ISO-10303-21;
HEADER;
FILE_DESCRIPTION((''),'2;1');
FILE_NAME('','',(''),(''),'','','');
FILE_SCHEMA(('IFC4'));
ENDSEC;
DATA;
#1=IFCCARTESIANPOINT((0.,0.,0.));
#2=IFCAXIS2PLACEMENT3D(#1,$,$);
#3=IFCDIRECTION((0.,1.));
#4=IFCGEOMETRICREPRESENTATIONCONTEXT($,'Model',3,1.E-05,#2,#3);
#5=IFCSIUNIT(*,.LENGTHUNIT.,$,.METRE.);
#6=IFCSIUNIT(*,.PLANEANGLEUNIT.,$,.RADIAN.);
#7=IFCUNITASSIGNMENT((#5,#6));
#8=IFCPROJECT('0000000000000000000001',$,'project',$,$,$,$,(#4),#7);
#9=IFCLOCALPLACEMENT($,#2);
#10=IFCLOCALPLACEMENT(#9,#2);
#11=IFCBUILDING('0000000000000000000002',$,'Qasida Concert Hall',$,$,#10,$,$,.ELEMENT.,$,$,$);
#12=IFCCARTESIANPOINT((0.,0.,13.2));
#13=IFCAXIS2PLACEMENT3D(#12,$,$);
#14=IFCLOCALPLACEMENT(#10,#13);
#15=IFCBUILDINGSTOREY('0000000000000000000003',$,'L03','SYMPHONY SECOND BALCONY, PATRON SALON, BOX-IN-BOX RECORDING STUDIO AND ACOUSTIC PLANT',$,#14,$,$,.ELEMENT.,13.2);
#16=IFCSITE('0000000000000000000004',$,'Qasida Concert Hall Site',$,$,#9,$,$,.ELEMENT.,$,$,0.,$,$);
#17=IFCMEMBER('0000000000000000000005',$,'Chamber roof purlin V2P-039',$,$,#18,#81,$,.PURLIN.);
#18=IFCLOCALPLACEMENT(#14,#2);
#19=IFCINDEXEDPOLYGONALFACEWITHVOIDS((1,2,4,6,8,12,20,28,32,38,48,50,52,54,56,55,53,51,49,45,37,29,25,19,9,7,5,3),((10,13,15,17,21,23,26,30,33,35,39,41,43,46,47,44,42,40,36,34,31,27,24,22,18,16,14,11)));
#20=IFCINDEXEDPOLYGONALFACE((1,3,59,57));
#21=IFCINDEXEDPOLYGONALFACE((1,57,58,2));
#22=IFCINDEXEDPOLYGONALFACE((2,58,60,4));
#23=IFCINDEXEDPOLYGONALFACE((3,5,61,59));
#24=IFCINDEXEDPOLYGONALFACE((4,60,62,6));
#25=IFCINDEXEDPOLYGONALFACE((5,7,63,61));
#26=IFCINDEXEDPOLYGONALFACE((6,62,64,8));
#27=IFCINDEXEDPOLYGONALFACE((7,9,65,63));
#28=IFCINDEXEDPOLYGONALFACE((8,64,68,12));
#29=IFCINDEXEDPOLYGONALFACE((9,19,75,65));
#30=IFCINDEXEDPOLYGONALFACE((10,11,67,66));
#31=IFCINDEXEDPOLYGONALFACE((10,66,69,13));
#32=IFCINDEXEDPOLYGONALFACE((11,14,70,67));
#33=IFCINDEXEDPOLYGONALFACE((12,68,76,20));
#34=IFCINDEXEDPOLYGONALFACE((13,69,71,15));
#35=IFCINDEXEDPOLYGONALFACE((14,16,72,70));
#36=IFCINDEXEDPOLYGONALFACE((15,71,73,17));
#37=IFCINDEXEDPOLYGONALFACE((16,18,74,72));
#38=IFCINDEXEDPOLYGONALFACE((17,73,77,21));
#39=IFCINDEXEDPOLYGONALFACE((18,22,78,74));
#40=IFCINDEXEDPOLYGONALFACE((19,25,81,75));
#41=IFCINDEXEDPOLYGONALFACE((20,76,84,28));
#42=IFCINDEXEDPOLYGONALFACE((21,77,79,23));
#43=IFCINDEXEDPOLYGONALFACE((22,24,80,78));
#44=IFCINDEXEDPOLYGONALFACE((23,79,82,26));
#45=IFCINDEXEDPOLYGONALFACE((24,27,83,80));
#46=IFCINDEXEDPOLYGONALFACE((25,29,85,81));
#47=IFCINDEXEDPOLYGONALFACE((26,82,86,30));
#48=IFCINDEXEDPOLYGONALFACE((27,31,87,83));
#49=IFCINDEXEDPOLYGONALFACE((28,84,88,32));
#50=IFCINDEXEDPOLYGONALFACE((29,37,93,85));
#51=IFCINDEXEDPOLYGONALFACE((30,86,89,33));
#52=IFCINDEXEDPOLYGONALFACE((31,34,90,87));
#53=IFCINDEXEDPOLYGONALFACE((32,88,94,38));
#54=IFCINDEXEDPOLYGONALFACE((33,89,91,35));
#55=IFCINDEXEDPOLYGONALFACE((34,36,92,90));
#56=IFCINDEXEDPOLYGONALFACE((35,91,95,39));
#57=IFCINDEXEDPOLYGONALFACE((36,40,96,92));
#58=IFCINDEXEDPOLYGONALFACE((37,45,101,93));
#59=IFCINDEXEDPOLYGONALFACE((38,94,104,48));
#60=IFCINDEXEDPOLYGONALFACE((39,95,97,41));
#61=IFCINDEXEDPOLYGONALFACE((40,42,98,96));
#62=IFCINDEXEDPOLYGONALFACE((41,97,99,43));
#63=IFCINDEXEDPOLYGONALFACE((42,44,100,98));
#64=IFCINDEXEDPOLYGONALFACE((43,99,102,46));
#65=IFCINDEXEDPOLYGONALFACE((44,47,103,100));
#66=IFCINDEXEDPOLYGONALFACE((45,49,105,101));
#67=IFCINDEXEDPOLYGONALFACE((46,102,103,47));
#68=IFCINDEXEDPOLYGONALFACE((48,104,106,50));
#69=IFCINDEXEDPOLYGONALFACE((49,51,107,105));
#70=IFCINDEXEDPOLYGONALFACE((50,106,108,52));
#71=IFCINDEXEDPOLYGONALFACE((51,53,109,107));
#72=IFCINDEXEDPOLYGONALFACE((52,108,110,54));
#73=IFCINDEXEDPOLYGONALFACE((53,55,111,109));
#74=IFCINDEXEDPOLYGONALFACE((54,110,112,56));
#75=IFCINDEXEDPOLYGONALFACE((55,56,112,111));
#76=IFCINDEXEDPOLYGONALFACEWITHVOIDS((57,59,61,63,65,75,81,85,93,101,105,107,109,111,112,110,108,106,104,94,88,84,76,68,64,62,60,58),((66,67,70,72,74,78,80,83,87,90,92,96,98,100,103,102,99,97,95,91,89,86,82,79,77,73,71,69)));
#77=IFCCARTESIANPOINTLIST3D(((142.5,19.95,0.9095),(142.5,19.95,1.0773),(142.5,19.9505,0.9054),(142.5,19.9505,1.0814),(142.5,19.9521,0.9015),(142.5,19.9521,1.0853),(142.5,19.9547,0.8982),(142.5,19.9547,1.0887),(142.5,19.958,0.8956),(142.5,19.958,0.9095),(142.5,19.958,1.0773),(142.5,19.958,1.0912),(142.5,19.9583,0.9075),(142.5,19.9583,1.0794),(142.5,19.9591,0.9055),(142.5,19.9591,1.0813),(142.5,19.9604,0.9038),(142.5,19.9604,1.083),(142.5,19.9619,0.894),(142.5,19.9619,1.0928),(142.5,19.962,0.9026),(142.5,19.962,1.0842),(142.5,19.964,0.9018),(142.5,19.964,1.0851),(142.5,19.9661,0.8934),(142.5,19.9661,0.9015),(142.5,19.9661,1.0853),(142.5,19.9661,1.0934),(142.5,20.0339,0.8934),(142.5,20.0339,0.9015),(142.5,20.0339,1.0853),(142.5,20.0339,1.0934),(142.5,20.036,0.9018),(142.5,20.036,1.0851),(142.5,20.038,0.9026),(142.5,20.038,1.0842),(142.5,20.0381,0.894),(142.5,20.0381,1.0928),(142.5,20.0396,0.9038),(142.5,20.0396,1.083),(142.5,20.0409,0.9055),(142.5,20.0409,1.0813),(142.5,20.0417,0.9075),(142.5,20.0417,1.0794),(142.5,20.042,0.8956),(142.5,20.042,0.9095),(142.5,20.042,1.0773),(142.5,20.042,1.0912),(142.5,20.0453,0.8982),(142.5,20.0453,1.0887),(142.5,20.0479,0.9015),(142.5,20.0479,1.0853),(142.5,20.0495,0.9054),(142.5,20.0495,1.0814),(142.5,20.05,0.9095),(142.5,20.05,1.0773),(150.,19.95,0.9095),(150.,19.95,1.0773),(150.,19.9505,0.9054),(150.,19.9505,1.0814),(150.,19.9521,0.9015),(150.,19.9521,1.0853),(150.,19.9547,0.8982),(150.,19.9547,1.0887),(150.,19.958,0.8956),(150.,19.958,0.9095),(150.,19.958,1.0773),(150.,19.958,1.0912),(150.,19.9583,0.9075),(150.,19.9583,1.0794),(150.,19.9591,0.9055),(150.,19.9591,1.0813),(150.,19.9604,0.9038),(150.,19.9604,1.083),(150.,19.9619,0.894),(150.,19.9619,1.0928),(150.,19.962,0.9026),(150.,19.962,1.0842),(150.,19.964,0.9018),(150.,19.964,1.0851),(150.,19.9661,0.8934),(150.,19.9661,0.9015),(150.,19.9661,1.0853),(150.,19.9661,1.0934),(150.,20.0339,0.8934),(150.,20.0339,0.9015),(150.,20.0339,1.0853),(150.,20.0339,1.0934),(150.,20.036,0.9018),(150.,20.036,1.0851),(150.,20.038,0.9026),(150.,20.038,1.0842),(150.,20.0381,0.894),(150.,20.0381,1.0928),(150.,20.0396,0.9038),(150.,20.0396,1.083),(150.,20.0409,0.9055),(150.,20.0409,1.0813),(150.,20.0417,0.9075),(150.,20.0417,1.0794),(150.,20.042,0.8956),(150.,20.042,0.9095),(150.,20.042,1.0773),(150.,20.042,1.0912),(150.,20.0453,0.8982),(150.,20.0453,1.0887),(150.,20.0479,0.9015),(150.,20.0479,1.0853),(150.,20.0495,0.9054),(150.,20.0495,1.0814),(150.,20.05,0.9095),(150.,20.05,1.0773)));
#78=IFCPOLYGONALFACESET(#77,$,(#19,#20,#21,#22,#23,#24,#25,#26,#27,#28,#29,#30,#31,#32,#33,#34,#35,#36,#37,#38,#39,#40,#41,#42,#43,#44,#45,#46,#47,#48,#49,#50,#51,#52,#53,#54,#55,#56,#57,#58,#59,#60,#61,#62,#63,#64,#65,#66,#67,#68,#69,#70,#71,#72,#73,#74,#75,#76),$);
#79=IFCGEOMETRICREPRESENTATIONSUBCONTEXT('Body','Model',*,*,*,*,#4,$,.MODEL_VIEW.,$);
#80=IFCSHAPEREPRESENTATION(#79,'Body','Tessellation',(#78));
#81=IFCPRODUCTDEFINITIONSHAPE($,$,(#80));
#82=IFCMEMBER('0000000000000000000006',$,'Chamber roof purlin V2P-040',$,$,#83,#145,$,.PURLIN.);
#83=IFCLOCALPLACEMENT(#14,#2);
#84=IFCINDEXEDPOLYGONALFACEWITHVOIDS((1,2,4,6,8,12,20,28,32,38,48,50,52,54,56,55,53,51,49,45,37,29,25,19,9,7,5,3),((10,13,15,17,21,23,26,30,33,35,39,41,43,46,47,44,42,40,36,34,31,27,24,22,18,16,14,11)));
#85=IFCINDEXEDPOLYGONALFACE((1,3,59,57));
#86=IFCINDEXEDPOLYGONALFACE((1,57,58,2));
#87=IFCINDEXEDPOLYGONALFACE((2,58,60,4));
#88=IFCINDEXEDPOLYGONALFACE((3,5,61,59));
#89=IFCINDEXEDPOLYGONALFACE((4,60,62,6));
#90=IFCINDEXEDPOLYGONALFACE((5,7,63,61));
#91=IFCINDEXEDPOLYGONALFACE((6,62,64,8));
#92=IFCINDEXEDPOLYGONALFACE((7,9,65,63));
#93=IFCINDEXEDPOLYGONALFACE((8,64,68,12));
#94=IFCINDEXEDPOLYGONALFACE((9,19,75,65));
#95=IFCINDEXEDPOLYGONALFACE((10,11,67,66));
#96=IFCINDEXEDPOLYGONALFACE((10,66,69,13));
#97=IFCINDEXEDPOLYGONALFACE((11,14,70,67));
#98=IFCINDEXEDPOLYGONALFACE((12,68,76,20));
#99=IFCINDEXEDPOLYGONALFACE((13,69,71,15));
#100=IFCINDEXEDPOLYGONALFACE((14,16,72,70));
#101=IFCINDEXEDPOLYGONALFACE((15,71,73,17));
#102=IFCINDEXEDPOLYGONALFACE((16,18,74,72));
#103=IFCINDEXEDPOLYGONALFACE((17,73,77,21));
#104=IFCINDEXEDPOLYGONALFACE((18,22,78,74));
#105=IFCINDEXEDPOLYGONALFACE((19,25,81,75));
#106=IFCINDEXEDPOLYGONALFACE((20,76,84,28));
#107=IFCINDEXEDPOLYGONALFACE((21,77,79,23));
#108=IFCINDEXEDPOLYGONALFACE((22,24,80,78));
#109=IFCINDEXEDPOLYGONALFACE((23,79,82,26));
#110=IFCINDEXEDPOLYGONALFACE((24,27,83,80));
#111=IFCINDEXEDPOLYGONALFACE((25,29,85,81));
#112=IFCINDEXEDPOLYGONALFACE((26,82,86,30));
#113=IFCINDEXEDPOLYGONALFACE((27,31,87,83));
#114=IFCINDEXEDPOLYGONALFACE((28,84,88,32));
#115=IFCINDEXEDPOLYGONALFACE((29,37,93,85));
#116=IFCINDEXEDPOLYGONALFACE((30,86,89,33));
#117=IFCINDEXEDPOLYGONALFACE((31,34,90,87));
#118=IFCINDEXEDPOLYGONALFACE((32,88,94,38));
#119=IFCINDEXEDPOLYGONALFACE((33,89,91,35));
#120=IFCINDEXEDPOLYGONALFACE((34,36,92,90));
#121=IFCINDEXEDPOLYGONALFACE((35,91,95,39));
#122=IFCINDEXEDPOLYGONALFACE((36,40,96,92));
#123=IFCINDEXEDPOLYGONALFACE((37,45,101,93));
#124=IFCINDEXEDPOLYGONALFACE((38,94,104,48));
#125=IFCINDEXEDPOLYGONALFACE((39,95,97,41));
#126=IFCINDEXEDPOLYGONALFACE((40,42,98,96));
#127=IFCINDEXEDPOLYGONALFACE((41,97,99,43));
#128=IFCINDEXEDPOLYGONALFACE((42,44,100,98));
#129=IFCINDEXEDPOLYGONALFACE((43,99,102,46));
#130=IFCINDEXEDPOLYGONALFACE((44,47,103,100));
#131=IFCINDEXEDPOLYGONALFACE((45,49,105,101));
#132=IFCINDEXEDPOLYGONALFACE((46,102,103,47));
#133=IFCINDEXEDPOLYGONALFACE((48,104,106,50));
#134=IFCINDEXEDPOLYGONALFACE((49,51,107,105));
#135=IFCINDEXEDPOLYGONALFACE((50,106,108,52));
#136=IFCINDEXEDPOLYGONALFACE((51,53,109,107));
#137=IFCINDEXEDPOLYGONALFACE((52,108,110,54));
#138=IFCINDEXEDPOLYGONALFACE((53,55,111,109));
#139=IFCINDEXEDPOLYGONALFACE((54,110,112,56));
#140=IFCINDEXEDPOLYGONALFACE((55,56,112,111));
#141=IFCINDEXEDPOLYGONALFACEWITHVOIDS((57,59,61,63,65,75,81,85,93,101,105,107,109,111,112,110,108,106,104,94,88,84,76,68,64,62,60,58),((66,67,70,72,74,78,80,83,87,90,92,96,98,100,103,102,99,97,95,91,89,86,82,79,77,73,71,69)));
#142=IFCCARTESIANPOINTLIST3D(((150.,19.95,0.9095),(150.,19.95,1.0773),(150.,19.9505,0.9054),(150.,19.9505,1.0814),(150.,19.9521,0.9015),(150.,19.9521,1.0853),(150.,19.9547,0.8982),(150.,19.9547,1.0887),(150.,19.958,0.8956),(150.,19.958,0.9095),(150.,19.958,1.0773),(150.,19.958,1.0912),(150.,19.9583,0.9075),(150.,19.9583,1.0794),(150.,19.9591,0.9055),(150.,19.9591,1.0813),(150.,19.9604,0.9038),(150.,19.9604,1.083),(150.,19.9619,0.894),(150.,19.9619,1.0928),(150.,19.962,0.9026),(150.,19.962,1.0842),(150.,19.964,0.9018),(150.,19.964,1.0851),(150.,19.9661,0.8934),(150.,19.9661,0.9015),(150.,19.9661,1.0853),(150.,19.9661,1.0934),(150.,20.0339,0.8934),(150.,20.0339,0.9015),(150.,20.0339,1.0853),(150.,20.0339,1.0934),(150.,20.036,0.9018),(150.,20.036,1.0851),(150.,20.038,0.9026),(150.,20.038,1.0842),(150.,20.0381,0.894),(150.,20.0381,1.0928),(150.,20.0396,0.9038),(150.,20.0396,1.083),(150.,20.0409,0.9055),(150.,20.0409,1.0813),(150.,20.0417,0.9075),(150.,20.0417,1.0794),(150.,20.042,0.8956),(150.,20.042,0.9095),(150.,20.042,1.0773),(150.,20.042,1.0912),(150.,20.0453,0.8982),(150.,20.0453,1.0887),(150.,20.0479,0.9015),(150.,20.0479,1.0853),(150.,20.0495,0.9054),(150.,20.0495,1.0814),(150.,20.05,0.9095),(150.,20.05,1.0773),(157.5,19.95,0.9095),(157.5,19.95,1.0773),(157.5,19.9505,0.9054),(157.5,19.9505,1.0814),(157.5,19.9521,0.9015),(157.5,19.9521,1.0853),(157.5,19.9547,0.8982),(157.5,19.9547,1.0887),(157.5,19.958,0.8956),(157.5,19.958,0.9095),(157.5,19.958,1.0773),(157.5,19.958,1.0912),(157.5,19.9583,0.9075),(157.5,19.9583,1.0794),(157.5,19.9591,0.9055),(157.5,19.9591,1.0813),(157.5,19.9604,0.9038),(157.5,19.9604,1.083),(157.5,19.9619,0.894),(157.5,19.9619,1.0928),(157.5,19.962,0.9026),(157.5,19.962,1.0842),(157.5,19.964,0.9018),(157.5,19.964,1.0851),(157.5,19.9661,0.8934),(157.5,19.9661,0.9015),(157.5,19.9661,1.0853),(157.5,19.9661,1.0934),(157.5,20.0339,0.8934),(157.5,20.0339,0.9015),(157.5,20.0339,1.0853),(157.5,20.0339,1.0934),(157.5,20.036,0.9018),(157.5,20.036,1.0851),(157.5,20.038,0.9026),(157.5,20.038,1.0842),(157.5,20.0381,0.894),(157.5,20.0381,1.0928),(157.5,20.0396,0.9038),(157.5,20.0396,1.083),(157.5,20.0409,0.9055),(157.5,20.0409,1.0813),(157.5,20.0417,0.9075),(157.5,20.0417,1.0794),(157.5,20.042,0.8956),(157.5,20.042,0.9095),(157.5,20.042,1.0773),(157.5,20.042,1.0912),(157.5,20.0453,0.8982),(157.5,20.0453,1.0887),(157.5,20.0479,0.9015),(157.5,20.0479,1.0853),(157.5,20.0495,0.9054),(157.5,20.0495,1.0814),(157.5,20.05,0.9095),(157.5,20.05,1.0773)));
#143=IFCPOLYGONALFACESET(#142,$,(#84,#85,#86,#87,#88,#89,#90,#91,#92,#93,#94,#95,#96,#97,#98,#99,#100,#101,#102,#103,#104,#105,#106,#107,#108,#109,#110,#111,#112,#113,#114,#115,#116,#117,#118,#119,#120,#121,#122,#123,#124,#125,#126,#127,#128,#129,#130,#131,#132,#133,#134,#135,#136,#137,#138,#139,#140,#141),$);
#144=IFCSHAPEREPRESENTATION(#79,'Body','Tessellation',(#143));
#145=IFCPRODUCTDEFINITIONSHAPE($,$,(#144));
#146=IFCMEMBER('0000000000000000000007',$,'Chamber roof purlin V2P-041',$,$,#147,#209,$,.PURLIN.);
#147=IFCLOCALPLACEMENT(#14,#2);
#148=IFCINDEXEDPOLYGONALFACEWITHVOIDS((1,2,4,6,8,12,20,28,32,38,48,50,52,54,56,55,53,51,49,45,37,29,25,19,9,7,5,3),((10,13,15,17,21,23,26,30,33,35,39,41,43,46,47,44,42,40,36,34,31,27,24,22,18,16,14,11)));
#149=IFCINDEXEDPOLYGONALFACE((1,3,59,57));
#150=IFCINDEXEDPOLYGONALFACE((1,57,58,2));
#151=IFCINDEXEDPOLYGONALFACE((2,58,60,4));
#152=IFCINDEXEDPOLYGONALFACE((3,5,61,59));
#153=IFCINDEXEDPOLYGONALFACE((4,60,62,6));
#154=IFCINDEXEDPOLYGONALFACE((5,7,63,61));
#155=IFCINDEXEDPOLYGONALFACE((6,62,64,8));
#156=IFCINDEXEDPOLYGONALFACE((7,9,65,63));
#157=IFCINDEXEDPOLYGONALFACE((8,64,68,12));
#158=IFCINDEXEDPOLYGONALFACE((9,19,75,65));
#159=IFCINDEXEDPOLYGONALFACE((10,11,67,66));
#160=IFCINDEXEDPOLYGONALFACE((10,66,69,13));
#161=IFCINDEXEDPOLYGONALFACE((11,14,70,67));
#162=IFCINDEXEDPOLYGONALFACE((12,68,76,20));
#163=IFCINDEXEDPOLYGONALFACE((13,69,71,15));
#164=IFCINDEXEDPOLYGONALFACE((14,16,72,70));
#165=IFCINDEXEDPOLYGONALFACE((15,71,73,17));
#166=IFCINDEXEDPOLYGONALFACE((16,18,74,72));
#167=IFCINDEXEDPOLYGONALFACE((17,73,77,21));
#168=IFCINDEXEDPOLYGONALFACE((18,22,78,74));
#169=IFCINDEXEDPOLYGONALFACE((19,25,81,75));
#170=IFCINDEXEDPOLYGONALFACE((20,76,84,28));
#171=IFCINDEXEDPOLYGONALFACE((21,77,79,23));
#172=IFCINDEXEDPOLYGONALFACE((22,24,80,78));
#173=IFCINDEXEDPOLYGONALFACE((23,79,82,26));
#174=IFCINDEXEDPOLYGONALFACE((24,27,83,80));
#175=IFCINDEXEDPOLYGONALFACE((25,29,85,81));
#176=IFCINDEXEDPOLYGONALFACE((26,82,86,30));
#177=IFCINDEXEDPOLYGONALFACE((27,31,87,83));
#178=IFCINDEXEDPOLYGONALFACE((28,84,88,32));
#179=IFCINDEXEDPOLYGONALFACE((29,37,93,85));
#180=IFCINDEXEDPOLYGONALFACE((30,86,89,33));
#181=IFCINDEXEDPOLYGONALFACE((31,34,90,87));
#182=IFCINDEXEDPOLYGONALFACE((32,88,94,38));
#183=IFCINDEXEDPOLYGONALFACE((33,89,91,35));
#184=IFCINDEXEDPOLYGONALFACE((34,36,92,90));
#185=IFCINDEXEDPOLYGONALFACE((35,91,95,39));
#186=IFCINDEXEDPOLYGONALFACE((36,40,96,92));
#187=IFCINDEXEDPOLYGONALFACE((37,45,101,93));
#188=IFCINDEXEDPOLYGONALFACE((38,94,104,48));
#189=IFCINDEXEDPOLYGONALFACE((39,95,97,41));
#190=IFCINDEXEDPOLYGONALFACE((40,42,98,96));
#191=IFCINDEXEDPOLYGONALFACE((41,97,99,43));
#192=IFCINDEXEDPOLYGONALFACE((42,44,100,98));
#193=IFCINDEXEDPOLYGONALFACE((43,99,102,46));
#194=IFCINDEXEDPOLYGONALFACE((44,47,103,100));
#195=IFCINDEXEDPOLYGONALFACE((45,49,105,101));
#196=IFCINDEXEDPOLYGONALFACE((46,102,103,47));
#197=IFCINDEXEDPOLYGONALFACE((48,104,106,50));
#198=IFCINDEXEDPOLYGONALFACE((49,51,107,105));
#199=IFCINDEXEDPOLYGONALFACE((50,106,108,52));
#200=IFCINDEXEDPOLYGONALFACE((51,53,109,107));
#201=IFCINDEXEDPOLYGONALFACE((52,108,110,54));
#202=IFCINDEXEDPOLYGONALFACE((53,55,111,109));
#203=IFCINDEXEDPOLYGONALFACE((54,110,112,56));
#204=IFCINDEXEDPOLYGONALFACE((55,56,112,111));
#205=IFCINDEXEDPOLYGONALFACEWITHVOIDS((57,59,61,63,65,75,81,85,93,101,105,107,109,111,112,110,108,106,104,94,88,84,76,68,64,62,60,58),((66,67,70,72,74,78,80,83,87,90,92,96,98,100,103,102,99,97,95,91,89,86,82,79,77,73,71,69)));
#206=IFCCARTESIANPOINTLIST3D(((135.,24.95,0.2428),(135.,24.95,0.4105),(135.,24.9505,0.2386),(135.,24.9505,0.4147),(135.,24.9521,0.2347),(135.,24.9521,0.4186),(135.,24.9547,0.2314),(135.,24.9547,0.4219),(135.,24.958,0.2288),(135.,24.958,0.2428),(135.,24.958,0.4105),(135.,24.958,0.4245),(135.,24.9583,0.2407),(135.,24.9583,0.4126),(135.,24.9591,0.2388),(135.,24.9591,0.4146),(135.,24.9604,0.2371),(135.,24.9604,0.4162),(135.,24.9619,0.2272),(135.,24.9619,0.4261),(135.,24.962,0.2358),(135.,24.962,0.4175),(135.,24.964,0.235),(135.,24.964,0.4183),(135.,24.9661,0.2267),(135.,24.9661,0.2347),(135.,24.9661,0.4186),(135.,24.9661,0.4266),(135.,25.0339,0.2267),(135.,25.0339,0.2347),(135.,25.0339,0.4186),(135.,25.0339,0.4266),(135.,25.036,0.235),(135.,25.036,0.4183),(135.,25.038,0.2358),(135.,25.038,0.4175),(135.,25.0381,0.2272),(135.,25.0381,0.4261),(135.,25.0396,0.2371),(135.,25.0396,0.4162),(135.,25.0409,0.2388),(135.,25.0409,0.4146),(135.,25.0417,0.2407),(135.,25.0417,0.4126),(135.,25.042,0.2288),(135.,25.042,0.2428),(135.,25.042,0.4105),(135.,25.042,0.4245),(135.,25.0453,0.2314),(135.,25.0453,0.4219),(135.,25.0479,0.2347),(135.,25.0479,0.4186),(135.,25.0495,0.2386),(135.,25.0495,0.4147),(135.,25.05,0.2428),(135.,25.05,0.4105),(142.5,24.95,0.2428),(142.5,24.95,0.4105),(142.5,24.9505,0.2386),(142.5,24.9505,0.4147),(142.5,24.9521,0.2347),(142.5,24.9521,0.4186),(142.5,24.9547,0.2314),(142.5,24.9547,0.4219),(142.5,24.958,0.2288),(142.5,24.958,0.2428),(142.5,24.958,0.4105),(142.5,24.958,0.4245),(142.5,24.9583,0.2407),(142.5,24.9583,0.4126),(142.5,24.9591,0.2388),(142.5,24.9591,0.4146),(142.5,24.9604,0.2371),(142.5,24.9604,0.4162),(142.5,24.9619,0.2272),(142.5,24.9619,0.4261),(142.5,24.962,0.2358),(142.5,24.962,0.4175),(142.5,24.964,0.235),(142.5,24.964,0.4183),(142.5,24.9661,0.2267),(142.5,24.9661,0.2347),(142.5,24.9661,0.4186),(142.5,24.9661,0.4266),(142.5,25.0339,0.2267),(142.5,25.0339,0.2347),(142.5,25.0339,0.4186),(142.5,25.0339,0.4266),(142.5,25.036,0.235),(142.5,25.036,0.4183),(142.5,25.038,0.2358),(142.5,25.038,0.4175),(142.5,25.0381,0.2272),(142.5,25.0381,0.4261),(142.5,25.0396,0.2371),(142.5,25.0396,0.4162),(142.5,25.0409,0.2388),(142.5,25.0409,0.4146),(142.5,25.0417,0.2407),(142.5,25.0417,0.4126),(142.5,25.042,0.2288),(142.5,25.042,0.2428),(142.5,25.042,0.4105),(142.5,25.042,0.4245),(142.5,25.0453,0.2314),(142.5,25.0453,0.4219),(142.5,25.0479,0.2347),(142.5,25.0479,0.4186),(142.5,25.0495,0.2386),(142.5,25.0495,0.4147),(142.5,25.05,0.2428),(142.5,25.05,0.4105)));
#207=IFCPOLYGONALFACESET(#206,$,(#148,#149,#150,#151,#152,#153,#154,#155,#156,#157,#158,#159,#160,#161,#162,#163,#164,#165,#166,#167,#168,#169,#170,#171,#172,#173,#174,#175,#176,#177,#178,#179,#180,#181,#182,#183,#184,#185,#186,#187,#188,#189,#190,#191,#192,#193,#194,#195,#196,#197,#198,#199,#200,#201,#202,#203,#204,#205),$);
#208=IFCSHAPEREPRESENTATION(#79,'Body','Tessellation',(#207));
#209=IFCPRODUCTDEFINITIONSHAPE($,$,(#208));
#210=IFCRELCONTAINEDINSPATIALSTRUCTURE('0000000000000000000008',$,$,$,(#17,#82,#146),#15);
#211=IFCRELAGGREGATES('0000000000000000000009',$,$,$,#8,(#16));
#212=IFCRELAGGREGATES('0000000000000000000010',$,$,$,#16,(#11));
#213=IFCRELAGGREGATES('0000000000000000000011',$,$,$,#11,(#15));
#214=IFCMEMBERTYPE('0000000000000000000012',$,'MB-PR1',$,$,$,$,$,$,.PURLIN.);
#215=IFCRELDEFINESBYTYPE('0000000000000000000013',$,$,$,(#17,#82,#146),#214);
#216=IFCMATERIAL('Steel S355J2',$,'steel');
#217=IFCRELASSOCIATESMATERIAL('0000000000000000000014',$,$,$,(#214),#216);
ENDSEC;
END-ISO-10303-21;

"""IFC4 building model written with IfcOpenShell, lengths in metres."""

from ifc_helpers import new_model, si_unit, direction, frame, origin, origin_2d, place, context, subcontext, project, spatial, hollow_rectangle, extrude, material, material_profile, profile_set, type_object, element, save


model = new_model("IFC4")

# Units and contexts
model_context = context("Model", 3, precision=1e-05, world=origin(), true_north=direction((0.0, 1.0)))
body_context = subcontext(model_context, "Body", "Model", "MODEL_VIEW")
ifc_project = project(units=[si_unit("LENGTHUNIT", "METRE"), si_unit("PLANEANGLEUNIT", "RADIAN")], contexts=[model_context])

# Site, building, storey
site_placement = place(None, origin())
site = spatial("IfcSite", under=ifc_project, at=site_placement, Name="Qasida Concert Hall Site", CompositionType="ELEMENT", RefElevation=0.0)
building_placement = place(site_placement, origin())
building = spatial("IfcBuilding", under=site, at=building_placement, Name="Qasida Concert Hall", CompositionType="ELEMENT")
storey_placement = place(building_placement, frame((0.0, 0.0, 13.2)))
storey = spatial("IfcBuildingStorey", under=building, at=storey_placement, Name="L03", Description="SYMPHONY SECOND BALCONY, PATRON SALON, BOX-IN-BOX RECORDING STUDIO AND ACOUSTIC PLANT", CompositionType="ELEMENT", Elevation=13.2)

# Members
ifc_material_1 = material(Name="Steel S355J2", Category="steel")
ifc_material_profile_1 = material_profile(ifc_material_1, hollow_rectangle(XDim=0.1001, YDim=0.2, WallThickness=0.0081, InnerFilletRadius=0.0081, OuterFilletRadius=0.0161, at=origin_2d()), Name="RHS 200x100x8")
ifc_profile_set_1 = profile_set([ifc_material_profile_1], Name="Steel S355J2")
member_type_1 = type_object("IfcMemberType", Name="MB-PR1", PredefinedType="PURLIN", material=ifc_profile_set_1)
for number, where, z_axis, x_axis, name in (
    (1, (142.5, 20.0, 0.9934), (1.0, 0.0, 0.0), (0.0, 1.0, 0.0), "Chamber roof purlin V2P-039"),
    (2, (150.0, 20.0, 0.9934), (1.0, 0.0, 0.0), (0.0, 1.0, 0.0), "Chamber roof purlin V2P-040"),
    (3, (135.0, 25.0, 0.3267), (1.0, 0.0, 0.0), (0.0, 1.0, 0.0), "Chamber roof purlin V2P-041"),
):
    element("IfcMember", number, at=place(storey_placement, frame(where, z_axis=z_axis, x_axis=x_axis)), inside=storey, type_object=member_type_1, Name=name, PredefinedType="PURLIN", context=body_context, shape_type="SweptSolid", body=[
        extrude(hollow_rectangle(XDim=0.1001, YDim=0.2, WallThickness=0.0081, InnerFilletRadius=0.0081, OuterFilletRadius=0.0161, at=origin_2d()), origin(), (0.0, 0.0, 1.0), 7.5),
    ])

save(model, "model.ifc")
